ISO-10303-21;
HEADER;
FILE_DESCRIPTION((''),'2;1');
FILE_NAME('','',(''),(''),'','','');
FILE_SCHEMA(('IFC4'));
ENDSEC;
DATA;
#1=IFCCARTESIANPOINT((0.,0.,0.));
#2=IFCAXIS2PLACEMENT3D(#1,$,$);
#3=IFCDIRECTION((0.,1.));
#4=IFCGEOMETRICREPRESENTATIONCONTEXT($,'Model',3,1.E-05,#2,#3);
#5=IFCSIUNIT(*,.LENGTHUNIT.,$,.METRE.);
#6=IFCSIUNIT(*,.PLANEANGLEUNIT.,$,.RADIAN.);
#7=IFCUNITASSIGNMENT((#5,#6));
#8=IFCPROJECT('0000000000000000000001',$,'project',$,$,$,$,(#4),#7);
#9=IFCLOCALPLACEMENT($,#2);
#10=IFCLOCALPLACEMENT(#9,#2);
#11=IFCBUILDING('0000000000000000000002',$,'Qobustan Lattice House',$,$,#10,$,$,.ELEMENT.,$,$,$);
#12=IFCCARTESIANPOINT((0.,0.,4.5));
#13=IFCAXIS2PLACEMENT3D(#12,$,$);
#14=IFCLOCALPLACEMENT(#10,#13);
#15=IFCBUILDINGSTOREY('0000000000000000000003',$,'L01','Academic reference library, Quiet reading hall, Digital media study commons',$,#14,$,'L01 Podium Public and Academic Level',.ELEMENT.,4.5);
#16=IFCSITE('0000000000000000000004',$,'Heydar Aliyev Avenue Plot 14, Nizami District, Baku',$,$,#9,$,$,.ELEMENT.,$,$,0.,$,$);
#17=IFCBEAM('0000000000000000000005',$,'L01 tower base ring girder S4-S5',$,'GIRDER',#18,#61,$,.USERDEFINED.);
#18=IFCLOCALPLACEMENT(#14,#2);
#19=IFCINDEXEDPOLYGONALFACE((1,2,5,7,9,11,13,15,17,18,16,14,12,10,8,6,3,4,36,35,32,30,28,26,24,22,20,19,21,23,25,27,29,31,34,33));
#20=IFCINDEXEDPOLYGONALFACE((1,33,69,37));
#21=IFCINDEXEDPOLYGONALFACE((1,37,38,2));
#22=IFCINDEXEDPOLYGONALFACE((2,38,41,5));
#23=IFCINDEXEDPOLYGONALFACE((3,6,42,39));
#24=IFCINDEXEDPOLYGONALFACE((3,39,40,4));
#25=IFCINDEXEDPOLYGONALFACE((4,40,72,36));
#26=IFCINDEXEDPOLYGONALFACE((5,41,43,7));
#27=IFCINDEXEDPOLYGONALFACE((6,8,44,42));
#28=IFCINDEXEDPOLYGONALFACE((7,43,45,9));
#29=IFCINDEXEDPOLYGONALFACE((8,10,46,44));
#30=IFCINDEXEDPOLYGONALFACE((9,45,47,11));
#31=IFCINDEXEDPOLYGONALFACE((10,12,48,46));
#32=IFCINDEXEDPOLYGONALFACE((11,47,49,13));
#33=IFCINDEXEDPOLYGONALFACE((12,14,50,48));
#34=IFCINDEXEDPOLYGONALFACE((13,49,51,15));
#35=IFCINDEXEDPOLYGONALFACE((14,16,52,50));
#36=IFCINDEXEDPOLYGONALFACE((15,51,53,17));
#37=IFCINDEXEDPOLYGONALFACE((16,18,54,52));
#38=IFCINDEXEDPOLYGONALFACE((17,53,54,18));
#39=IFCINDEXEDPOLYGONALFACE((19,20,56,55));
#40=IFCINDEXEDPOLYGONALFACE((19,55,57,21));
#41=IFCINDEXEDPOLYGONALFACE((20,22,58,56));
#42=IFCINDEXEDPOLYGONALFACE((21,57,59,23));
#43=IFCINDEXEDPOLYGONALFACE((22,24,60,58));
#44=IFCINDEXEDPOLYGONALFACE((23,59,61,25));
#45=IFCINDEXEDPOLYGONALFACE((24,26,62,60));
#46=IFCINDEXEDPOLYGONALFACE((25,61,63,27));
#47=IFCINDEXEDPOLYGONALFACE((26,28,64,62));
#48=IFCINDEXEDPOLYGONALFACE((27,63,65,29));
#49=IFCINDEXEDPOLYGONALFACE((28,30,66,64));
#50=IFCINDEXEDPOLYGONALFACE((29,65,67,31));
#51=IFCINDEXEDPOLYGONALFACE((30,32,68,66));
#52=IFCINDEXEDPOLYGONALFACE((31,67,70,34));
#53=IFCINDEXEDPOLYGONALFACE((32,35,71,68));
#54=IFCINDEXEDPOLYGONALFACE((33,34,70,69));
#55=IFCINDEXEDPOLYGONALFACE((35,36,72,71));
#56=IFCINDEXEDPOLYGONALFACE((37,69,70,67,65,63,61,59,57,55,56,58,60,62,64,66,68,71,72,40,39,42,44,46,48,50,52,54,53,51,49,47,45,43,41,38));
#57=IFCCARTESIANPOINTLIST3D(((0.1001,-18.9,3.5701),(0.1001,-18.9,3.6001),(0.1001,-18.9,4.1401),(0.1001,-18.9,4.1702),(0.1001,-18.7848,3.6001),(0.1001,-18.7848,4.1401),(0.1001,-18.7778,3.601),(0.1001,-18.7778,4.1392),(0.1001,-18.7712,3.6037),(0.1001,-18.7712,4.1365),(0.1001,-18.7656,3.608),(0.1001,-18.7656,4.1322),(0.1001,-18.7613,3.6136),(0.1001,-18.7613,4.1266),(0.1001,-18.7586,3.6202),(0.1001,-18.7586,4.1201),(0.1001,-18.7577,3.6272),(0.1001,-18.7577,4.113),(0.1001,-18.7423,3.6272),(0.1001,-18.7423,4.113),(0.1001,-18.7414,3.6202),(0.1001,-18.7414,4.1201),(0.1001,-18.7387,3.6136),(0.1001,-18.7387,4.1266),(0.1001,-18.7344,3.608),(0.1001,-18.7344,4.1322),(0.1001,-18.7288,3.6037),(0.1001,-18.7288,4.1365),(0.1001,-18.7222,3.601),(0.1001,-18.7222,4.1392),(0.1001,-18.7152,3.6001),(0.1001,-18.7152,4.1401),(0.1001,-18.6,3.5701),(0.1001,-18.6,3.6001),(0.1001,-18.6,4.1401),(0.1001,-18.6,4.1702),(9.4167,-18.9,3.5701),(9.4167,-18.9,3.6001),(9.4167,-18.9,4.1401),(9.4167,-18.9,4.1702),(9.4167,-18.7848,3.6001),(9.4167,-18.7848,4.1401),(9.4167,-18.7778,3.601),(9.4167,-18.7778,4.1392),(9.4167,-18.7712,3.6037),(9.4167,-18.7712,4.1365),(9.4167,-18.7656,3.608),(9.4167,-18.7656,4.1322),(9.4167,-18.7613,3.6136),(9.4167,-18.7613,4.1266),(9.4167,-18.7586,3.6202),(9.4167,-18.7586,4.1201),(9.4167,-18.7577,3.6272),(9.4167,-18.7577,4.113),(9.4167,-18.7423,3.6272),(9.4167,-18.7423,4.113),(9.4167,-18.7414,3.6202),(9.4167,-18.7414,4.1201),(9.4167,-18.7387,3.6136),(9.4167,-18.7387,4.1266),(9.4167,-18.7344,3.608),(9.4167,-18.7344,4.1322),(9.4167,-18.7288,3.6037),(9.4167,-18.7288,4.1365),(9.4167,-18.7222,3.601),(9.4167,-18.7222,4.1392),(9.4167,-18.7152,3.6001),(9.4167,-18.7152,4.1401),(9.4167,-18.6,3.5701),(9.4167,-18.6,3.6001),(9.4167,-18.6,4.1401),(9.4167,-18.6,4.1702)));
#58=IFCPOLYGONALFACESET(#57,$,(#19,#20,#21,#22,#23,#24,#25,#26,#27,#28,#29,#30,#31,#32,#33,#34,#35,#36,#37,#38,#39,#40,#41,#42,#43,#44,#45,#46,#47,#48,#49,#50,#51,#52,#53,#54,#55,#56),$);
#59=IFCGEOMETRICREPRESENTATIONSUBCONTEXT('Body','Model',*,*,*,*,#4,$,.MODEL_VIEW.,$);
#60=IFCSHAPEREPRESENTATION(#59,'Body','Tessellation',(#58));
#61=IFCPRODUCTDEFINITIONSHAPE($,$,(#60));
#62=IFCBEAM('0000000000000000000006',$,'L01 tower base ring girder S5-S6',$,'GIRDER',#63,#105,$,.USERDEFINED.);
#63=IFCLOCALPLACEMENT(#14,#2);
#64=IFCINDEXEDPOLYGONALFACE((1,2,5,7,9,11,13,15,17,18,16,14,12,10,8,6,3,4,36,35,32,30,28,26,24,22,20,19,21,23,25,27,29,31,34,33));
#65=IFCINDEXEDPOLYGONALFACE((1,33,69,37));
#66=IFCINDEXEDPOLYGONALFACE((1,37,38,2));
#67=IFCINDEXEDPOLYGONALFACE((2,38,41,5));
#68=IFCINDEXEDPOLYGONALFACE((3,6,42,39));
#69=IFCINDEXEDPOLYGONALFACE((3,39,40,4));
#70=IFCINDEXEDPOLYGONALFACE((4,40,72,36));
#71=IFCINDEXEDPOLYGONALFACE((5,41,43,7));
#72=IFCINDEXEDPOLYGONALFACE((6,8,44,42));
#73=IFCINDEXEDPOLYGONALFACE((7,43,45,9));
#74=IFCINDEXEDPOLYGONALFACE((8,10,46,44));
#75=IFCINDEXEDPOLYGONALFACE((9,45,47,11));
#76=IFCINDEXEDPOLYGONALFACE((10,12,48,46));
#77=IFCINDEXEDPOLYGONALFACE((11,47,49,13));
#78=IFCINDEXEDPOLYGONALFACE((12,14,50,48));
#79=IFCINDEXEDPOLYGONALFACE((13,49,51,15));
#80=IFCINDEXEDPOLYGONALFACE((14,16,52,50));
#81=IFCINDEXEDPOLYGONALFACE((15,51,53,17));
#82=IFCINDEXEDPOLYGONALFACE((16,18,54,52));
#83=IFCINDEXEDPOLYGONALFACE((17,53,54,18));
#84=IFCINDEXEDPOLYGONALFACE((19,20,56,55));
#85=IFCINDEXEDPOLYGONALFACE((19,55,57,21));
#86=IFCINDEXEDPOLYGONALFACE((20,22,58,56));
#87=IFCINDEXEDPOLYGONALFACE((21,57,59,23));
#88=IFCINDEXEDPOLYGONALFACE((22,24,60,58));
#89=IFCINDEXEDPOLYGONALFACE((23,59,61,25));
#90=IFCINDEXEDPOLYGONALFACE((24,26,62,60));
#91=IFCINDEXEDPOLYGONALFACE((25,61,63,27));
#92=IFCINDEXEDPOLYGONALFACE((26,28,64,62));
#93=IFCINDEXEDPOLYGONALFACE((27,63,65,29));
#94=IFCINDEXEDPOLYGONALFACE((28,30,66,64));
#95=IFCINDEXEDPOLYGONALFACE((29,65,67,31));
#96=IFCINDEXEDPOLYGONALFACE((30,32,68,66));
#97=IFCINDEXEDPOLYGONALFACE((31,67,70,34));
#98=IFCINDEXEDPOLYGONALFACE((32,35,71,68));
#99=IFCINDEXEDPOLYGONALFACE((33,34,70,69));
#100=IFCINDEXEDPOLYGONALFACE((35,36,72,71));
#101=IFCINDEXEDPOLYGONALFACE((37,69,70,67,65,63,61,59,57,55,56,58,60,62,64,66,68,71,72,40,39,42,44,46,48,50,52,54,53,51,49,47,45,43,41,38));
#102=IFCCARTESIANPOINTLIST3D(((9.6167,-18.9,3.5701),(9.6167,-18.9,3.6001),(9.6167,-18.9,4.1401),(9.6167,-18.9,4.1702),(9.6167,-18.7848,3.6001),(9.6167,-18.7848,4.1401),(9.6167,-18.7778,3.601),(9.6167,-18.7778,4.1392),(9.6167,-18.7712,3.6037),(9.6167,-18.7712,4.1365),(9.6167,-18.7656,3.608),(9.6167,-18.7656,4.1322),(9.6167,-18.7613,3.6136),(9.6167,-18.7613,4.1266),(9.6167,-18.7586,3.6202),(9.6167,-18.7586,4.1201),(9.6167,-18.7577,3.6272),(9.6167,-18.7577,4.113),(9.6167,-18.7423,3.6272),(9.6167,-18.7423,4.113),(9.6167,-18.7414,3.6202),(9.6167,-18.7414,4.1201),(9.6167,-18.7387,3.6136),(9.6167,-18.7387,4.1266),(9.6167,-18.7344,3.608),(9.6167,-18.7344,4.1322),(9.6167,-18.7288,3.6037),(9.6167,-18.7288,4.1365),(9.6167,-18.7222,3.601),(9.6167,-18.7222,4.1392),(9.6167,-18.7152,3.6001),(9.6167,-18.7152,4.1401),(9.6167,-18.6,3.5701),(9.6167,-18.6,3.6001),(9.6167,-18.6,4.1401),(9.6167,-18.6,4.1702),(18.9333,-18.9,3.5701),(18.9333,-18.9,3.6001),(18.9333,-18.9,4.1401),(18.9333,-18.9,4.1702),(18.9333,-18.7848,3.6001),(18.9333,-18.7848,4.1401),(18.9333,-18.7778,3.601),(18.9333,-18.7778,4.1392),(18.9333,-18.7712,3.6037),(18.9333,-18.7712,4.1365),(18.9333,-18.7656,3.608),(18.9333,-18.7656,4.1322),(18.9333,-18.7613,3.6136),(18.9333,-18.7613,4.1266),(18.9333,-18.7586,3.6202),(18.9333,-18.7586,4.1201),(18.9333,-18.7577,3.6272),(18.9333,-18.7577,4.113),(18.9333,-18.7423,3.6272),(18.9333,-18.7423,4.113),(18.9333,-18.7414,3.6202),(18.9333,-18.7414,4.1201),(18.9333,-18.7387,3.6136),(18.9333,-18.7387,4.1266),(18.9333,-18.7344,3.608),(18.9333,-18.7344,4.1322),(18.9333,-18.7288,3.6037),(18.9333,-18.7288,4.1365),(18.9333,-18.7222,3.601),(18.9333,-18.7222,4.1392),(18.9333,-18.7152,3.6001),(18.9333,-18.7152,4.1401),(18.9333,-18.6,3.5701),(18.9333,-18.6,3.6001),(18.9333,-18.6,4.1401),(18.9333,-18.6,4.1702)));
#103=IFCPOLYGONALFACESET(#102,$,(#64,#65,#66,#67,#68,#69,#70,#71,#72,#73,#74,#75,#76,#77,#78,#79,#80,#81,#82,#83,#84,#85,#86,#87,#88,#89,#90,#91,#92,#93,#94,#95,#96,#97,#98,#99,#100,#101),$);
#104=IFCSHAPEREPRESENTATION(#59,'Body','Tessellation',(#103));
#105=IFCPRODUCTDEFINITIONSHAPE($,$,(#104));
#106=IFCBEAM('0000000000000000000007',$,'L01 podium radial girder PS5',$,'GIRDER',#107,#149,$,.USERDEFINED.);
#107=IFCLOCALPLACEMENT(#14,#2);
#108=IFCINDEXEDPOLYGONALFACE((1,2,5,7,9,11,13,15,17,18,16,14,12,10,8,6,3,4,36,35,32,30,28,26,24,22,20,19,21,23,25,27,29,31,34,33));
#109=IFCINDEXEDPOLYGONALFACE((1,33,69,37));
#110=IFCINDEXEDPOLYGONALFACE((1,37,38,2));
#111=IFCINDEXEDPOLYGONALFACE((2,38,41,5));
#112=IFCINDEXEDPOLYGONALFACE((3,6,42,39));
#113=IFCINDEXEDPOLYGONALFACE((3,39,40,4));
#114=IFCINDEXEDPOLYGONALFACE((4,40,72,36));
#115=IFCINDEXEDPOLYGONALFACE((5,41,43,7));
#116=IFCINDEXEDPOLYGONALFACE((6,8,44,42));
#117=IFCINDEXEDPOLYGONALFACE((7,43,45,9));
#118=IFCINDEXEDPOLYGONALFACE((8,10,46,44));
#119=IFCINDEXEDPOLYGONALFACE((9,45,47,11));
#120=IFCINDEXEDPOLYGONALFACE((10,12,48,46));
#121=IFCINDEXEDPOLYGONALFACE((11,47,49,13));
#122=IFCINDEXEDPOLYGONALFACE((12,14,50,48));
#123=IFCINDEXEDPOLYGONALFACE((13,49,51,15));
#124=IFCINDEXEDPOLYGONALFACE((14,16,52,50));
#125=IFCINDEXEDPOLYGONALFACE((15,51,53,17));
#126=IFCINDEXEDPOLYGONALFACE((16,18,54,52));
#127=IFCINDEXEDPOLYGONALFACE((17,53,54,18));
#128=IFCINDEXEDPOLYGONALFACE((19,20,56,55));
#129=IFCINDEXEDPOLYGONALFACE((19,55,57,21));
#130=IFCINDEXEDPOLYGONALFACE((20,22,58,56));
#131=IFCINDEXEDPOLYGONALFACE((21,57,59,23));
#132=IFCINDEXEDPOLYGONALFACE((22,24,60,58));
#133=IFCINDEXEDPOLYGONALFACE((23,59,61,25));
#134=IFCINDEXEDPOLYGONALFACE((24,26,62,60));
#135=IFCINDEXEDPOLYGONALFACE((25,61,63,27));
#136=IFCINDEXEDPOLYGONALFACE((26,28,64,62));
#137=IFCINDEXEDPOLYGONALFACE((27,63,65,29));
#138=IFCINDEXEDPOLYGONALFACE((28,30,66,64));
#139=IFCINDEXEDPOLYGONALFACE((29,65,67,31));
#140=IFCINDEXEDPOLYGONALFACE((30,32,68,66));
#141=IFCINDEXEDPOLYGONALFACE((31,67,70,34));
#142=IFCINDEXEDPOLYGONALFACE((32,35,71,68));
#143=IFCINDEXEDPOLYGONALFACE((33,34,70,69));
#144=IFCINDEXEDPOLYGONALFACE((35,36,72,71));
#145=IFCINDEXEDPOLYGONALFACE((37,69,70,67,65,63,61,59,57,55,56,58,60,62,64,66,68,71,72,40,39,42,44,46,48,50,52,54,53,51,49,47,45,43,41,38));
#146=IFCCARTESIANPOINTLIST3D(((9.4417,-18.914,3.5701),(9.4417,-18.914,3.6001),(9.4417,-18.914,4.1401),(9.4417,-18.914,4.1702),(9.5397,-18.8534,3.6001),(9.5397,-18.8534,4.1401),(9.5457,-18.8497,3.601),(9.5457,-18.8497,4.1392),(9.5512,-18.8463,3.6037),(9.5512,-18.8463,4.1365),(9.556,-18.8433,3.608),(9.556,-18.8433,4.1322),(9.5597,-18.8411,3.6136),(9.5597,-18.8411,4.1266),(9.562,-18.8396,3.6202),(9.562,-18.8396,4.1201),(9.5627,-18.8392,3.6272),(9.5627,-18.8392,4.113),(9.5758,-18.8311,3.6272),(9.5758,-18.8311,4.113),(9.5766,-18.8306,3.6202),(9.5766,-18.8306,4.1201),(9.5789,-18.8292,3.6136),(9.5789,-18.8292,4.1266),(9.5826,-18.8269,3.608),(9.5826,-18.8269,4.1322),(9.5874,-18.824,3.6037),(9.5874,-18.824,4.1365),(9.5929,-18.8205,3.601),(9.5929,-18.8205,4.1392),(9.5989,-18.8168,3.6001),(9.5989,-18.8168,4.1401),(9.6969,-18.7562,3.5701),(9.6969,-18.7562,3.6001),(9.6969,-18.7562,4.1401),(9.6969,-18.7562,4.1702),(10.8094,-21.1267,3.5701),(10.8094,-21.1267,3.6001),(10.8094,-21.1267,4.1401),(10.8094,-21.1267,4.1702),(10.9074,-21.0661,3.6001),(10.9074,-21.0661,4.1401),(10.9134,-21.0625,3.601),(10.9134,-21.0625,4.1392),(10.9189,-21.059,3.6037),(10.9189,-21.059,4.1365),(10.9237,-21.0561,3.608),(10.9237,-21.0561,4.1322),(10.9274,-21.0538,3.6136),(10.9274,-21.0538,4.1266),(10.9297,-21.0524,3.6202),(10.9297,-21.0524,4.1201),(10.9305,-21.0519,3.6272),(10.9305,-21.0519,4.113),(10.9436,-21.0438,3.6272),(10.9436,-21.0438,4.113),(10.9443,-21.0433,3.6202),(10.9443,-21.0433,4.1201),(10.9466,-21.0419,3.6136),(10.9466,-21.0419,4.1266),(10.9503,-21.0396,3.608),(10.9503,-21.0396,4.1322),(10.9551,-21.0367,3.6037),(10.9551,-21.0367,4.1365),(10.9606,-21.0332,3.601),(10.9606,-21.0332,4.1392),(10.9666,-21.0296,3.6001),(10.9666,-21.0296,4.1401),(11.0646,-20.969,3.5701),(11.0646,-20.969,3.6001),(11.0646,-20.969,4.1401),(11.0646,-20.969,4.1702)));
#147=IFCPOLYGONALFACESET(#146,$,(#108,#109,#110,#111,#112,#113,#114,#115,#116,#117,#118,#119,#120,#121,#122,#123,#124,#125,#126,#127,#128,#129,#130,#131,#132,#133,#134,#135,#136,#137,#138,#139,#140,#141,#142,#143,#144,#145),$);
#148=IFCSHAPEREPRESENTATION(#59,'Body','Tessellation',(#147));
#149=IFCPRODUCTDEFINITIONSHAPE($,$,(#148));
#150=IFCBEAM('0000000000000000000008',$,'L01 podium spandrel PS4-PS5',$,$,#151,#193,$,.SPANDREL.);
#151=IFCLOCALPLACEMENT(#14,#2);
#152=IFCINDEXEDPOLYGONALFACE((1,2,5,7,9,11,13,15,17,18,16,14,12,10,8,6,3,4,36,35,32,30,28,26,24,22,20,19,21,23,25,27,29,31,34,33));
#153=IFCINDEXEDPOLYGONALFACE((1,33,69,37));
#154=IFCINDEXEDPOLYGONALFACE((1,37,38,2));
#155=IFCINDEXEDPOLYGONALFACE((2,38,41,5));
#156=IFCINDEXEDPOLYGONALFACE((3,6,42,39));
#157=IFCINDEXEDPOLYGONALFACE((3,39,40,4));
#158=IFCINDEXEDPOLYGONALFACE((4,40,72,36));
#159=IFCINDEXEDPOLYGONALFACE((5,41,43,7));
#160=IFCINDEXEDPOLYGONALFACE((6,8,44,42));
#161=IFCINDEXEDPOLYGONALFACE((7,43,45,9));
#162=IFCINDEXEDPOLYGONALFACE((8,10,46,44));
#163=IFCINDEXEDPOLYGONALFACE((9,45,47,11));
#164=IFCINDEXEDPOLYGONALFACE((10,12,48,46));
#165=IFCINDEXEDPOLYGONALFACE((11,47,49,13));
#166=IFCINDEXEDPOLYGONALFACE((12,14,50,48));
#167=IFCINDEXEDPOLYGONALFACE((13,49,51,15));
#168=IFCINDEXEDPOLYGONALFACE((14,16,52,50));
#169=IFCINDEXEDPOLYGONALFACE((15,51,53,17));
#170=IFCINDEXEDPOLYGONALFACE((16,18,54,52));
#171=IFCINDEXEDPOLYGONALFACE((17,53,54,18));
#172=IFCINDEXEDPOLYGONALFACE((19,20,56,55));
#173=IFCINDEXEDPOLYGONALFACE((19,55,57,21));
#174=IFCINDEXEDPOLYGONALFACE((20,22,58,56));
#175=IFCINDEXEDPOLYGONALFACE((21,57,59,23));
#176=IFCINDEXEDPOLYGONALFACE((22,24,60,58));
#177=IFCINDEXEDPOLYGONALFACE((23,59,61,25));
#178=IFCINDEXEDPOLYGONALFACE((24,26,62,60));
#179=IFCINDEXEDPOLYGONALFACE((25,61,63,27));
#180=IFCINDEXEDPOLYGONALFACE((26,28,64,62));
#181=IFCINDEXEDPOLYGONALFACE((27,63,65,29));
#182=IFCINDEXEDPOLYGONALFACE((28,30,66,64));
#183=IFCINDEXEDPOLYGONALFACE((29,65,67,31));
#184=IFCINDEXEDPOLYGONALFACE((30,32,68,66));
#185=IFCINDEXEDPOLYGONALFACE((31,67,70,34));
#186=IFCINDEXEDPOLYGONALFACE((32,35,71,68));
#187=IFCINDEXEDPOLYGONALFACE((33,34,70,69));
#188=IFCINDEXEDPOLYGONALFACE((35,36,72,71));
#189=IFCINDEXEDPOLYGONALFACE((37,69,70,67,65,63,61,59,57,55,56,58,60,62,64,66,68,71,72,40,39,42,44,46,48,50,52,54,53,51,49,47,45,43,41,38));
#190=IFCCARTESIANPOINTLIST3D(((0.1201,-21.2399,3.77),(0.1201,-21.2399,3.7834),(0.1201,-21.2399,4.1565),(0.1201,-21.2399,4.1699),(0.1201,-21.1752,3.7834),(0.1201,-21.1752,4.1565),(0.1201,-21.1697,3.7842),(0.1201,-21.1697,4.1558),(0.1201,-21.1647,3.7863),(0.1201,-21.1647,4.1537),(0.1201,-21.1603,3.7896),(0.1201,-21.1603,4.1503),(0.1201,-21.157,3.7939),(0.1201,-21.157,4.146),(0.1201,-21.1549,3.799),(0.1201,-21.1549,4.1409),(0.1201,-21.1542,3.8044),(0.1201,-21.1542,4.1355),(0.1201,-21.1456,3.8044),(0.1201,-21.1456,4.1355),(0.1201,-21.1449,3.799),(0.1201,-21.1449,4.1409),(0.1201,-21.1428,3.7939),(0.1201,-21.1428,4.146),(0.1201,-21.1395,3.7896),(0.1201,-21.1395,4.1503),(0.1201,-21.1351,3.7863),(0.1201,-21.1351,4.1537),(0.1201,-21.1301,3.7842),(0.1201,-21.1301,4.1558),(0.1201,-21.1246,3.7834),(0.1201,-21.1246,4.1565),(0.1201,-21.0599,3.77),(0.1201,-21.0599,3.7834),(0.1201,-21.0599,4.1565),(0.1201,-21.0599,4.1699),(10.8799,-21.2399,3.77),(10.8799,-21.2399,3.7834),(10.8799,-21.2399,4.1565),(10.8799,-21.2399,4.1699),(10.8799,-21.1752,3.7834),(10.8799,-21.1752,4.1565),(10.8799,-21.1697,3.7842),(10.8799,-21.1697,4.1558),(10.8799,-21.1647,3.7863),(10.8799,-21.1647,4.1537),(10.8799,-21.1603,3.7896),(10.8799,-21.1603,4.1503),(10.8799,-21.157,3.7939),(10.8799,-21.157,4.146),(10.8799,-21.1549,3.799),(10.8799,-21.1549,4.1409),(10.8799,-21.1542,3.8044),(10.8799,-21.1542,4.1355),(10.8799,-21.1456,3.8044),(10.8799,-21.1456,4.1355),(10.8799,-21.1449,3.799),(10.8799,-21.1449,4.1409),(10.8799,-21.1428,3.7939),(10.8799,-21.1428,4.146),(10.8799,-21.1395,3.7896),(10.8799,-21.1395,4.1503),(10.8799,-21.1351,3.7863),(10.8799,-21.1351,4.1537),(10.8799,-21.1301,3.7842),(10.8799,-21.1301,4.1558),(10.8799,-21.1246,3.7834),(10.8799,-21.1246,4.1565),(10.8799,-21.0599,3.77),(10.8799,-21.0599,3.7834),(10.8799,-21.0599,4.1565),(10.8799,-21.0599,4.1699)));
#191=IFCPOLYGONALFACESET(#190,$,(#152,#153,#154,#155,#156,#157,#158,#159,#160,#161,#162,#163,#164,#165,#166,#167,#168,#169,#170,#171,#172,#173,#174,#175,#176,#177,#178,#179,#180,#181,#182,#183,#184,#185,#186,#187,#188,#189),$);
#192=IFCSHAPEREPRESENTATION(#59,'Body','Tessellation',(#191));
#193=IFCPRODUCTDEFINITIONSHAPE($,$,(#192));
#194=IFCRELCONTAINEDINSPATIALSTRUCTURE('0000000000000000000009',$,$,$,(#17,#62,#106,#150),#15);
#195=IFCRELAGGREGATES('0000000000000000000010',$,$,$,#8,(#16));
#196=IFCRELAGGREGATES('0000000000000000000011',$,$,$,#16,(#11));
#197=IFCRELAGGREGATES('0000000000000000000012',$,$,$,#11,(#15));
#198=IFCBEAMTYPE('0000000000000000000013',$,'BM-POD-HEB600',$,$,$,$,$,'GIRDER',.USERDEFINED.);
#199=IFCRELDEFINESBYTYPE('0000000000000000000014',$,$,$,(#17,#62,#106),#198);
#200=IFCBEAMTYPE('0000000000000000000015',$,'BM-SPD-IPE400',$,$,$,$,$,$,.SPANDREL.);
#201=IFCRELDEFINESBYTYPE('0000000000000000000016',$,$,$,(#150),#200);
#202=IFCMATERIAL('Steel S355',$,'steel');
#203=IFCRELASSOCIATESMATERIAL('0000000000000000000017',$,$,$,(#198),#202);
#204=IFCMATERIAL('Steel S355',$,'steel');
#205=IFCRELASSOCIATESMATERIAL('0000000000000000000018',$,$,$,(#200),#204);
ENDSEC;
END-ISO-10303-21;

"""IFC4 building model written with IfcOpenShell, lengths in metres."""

from ifc_helpers import new_model, si_unit, direction, frame, origin, origin_2d, place, context, subcontext, project, spatial, i_section, extrude, material, material_profile, profile_set, type_object, element, save


model = new_model("IFC4")

# Units and contexts
model_context = context("Model", 3, precision=1e-05, world=origin(), true_north=direction((0.0, 1.0)))
body_context = subcontext(model_context, "Body", "Model", "MODEL_VIEW")
ifc_project = project(units=[si_unit("LENGTHUNIT", "METRE"), si_unit("PLANEANGLEUNIT", "RADIAN")], contexts=[model_context])

# Site, building, storey
site_placement = place(None, origin())
site = spatial("IfcSite", under=ifc_project, at=site_placement, Name="Heydar Aliyev Avenue Plot 14, Nizami District, Baku", CompositionType="ELEMENT", RefElevation=0.0)
building_placement = place(site_placement, origin())
building = spatial("IfcBuilding", under=site, at=building_placement, Name="Qobustan Lattice House", CompositionType="ELEMENT")
storey_placement = place(building_placement, frame((0.0, 0.0, 4.5)))
storey = spatial("IfcBuildingStorey", under=building, at=storey_placement, Name="L01", Description="Academic reference library, Quiet reading hall, Digital media study commons", LongName="L01 Podium Public and Academic Level", CompositionType="ELEMENT", Elevation=4.5)

# Beams
ifc_material_1 = material(Name="Steel S355", Category="steel")
ifc_material_profile_1 = material_profile(ifc_material_1, i_section(OverallWidth=0.3, OverallDepth=0.6001, WebThickness=0.0154, FlangeThickness=0.03, FilletRadius=0.0271, at=origin_2d()), Name="HEB600")
ifc_profile_set_1 = profile_set([ifc_material_profile_1], Name="Steel S355")
beam_type_1 = type_object("IfcBeamType", Name="BM-POD-HEB600", ElementType="GIRDER", PredefinedType="USERDEFINED", material=ifc_profile_set_1)
for number, where, z_axis, x_axis, name in (
    (1, (0.1001, -18.75, 3.8701), (1.0, 0.0, 0.0), (0.0, 1.0, 0.0), "L01 tower base ring girder S4-S5"),
    (2, (9.6167, -18.75, 3.8701), (1.0, 0.0, 0.0), (0.0, 1.0, 0.0), "L01 tower base ring girder S5-S6"),
):
    element("IfcBeam", number, at=place(storey_placement, frame(where, z_axis=z_axis, x_axis=x_axis)), inside=storey, type_object=beam_type_1, Name=name, ObjectType="GIRDER", PredefinedType="USERDEFINED", context=body_context, shape_type="SweptSolid", body=[
        extrude(i_section(OverallWidth=0.3, OverallDepth=0.6001, WebThickness=0.0154, FlangeThickness=0.03, FilletRadius=0.0271, at=origin_2d()), origin(), (0.0, 0.0, 1.0), 9.3167),
    ])
beam_1_placement = place(storey_placement, frame((10.937, -21.0479, 3.8701), z_axis=(-0.525783, 0.850619, 0.0), x_axis=(-0.850619, -0.525783, 0.0)))
element("IfcBeam", 3, at=beam_1_placement, inside=storey, type_object=beam_type_1, Name="L01 podium radial girder PS5", ObjectType="GIRDER", PredefinedType="USERDEFINED", context=body_context, shape_type="SweptSolid", body=[
    extrude(i_section(OverallWidth=0.3, OverallDepth=0.6001, WebThickness=0.0154, FlangeThickness=0.03, FilletRadius=0.0271, at=origin_2d()), origin(), (0.0, 0.0, 1.0), 2.6013),
])
ifc_material_2 = material(Name="Steel S355", Category="steel")
ifc_material_profile_2 = material_profile(ifc_material_2, i_section(OverallWidth=0.1799, OverallDepth=0.3999, WebThickness=0.0085, FlangeThickness=0.0134, FilletRadius=0.021, at=origin_2d()), Name="IPE400")
ifc_profile_set_2 = profile_set([ifc_material_profile_2], Name="Steel S355")
beam_type_2 = type_object("IfcBeamType", Name="BM-SPD-IPE400", PredefinedType="SPANDREL", material=ifc_profile_set_2)
for number, where, z_axis, x_axis, name in (
    (4, (0.1201, -21.1499, 3.97), (1.0, 0.0, 0.0), (0.0, 1.0, 0.0), "L01 podium spandrel PS4-PS5"),
):
    element("IfcBeam", number, at=place(storey_placement, frame(where, z_axis=z_axis, x_axis=x_axis)), inside=storey, type_object=beam_type_2, Name=name, PredefinedType="SPANDREL", context=body_context, shape_type="SweptSolid", body=[
        extrude(i_section(OverallWidth=0.1799, OverallDepth=0.3999, WebThickness=0.0085, FlangeThickness=0.0134, FilletRadius=0.021, at=origin_2d()), origin(), (0.0, 0.0, 1.0), 10.7598),
    ])

save(model, "model.ifc")
